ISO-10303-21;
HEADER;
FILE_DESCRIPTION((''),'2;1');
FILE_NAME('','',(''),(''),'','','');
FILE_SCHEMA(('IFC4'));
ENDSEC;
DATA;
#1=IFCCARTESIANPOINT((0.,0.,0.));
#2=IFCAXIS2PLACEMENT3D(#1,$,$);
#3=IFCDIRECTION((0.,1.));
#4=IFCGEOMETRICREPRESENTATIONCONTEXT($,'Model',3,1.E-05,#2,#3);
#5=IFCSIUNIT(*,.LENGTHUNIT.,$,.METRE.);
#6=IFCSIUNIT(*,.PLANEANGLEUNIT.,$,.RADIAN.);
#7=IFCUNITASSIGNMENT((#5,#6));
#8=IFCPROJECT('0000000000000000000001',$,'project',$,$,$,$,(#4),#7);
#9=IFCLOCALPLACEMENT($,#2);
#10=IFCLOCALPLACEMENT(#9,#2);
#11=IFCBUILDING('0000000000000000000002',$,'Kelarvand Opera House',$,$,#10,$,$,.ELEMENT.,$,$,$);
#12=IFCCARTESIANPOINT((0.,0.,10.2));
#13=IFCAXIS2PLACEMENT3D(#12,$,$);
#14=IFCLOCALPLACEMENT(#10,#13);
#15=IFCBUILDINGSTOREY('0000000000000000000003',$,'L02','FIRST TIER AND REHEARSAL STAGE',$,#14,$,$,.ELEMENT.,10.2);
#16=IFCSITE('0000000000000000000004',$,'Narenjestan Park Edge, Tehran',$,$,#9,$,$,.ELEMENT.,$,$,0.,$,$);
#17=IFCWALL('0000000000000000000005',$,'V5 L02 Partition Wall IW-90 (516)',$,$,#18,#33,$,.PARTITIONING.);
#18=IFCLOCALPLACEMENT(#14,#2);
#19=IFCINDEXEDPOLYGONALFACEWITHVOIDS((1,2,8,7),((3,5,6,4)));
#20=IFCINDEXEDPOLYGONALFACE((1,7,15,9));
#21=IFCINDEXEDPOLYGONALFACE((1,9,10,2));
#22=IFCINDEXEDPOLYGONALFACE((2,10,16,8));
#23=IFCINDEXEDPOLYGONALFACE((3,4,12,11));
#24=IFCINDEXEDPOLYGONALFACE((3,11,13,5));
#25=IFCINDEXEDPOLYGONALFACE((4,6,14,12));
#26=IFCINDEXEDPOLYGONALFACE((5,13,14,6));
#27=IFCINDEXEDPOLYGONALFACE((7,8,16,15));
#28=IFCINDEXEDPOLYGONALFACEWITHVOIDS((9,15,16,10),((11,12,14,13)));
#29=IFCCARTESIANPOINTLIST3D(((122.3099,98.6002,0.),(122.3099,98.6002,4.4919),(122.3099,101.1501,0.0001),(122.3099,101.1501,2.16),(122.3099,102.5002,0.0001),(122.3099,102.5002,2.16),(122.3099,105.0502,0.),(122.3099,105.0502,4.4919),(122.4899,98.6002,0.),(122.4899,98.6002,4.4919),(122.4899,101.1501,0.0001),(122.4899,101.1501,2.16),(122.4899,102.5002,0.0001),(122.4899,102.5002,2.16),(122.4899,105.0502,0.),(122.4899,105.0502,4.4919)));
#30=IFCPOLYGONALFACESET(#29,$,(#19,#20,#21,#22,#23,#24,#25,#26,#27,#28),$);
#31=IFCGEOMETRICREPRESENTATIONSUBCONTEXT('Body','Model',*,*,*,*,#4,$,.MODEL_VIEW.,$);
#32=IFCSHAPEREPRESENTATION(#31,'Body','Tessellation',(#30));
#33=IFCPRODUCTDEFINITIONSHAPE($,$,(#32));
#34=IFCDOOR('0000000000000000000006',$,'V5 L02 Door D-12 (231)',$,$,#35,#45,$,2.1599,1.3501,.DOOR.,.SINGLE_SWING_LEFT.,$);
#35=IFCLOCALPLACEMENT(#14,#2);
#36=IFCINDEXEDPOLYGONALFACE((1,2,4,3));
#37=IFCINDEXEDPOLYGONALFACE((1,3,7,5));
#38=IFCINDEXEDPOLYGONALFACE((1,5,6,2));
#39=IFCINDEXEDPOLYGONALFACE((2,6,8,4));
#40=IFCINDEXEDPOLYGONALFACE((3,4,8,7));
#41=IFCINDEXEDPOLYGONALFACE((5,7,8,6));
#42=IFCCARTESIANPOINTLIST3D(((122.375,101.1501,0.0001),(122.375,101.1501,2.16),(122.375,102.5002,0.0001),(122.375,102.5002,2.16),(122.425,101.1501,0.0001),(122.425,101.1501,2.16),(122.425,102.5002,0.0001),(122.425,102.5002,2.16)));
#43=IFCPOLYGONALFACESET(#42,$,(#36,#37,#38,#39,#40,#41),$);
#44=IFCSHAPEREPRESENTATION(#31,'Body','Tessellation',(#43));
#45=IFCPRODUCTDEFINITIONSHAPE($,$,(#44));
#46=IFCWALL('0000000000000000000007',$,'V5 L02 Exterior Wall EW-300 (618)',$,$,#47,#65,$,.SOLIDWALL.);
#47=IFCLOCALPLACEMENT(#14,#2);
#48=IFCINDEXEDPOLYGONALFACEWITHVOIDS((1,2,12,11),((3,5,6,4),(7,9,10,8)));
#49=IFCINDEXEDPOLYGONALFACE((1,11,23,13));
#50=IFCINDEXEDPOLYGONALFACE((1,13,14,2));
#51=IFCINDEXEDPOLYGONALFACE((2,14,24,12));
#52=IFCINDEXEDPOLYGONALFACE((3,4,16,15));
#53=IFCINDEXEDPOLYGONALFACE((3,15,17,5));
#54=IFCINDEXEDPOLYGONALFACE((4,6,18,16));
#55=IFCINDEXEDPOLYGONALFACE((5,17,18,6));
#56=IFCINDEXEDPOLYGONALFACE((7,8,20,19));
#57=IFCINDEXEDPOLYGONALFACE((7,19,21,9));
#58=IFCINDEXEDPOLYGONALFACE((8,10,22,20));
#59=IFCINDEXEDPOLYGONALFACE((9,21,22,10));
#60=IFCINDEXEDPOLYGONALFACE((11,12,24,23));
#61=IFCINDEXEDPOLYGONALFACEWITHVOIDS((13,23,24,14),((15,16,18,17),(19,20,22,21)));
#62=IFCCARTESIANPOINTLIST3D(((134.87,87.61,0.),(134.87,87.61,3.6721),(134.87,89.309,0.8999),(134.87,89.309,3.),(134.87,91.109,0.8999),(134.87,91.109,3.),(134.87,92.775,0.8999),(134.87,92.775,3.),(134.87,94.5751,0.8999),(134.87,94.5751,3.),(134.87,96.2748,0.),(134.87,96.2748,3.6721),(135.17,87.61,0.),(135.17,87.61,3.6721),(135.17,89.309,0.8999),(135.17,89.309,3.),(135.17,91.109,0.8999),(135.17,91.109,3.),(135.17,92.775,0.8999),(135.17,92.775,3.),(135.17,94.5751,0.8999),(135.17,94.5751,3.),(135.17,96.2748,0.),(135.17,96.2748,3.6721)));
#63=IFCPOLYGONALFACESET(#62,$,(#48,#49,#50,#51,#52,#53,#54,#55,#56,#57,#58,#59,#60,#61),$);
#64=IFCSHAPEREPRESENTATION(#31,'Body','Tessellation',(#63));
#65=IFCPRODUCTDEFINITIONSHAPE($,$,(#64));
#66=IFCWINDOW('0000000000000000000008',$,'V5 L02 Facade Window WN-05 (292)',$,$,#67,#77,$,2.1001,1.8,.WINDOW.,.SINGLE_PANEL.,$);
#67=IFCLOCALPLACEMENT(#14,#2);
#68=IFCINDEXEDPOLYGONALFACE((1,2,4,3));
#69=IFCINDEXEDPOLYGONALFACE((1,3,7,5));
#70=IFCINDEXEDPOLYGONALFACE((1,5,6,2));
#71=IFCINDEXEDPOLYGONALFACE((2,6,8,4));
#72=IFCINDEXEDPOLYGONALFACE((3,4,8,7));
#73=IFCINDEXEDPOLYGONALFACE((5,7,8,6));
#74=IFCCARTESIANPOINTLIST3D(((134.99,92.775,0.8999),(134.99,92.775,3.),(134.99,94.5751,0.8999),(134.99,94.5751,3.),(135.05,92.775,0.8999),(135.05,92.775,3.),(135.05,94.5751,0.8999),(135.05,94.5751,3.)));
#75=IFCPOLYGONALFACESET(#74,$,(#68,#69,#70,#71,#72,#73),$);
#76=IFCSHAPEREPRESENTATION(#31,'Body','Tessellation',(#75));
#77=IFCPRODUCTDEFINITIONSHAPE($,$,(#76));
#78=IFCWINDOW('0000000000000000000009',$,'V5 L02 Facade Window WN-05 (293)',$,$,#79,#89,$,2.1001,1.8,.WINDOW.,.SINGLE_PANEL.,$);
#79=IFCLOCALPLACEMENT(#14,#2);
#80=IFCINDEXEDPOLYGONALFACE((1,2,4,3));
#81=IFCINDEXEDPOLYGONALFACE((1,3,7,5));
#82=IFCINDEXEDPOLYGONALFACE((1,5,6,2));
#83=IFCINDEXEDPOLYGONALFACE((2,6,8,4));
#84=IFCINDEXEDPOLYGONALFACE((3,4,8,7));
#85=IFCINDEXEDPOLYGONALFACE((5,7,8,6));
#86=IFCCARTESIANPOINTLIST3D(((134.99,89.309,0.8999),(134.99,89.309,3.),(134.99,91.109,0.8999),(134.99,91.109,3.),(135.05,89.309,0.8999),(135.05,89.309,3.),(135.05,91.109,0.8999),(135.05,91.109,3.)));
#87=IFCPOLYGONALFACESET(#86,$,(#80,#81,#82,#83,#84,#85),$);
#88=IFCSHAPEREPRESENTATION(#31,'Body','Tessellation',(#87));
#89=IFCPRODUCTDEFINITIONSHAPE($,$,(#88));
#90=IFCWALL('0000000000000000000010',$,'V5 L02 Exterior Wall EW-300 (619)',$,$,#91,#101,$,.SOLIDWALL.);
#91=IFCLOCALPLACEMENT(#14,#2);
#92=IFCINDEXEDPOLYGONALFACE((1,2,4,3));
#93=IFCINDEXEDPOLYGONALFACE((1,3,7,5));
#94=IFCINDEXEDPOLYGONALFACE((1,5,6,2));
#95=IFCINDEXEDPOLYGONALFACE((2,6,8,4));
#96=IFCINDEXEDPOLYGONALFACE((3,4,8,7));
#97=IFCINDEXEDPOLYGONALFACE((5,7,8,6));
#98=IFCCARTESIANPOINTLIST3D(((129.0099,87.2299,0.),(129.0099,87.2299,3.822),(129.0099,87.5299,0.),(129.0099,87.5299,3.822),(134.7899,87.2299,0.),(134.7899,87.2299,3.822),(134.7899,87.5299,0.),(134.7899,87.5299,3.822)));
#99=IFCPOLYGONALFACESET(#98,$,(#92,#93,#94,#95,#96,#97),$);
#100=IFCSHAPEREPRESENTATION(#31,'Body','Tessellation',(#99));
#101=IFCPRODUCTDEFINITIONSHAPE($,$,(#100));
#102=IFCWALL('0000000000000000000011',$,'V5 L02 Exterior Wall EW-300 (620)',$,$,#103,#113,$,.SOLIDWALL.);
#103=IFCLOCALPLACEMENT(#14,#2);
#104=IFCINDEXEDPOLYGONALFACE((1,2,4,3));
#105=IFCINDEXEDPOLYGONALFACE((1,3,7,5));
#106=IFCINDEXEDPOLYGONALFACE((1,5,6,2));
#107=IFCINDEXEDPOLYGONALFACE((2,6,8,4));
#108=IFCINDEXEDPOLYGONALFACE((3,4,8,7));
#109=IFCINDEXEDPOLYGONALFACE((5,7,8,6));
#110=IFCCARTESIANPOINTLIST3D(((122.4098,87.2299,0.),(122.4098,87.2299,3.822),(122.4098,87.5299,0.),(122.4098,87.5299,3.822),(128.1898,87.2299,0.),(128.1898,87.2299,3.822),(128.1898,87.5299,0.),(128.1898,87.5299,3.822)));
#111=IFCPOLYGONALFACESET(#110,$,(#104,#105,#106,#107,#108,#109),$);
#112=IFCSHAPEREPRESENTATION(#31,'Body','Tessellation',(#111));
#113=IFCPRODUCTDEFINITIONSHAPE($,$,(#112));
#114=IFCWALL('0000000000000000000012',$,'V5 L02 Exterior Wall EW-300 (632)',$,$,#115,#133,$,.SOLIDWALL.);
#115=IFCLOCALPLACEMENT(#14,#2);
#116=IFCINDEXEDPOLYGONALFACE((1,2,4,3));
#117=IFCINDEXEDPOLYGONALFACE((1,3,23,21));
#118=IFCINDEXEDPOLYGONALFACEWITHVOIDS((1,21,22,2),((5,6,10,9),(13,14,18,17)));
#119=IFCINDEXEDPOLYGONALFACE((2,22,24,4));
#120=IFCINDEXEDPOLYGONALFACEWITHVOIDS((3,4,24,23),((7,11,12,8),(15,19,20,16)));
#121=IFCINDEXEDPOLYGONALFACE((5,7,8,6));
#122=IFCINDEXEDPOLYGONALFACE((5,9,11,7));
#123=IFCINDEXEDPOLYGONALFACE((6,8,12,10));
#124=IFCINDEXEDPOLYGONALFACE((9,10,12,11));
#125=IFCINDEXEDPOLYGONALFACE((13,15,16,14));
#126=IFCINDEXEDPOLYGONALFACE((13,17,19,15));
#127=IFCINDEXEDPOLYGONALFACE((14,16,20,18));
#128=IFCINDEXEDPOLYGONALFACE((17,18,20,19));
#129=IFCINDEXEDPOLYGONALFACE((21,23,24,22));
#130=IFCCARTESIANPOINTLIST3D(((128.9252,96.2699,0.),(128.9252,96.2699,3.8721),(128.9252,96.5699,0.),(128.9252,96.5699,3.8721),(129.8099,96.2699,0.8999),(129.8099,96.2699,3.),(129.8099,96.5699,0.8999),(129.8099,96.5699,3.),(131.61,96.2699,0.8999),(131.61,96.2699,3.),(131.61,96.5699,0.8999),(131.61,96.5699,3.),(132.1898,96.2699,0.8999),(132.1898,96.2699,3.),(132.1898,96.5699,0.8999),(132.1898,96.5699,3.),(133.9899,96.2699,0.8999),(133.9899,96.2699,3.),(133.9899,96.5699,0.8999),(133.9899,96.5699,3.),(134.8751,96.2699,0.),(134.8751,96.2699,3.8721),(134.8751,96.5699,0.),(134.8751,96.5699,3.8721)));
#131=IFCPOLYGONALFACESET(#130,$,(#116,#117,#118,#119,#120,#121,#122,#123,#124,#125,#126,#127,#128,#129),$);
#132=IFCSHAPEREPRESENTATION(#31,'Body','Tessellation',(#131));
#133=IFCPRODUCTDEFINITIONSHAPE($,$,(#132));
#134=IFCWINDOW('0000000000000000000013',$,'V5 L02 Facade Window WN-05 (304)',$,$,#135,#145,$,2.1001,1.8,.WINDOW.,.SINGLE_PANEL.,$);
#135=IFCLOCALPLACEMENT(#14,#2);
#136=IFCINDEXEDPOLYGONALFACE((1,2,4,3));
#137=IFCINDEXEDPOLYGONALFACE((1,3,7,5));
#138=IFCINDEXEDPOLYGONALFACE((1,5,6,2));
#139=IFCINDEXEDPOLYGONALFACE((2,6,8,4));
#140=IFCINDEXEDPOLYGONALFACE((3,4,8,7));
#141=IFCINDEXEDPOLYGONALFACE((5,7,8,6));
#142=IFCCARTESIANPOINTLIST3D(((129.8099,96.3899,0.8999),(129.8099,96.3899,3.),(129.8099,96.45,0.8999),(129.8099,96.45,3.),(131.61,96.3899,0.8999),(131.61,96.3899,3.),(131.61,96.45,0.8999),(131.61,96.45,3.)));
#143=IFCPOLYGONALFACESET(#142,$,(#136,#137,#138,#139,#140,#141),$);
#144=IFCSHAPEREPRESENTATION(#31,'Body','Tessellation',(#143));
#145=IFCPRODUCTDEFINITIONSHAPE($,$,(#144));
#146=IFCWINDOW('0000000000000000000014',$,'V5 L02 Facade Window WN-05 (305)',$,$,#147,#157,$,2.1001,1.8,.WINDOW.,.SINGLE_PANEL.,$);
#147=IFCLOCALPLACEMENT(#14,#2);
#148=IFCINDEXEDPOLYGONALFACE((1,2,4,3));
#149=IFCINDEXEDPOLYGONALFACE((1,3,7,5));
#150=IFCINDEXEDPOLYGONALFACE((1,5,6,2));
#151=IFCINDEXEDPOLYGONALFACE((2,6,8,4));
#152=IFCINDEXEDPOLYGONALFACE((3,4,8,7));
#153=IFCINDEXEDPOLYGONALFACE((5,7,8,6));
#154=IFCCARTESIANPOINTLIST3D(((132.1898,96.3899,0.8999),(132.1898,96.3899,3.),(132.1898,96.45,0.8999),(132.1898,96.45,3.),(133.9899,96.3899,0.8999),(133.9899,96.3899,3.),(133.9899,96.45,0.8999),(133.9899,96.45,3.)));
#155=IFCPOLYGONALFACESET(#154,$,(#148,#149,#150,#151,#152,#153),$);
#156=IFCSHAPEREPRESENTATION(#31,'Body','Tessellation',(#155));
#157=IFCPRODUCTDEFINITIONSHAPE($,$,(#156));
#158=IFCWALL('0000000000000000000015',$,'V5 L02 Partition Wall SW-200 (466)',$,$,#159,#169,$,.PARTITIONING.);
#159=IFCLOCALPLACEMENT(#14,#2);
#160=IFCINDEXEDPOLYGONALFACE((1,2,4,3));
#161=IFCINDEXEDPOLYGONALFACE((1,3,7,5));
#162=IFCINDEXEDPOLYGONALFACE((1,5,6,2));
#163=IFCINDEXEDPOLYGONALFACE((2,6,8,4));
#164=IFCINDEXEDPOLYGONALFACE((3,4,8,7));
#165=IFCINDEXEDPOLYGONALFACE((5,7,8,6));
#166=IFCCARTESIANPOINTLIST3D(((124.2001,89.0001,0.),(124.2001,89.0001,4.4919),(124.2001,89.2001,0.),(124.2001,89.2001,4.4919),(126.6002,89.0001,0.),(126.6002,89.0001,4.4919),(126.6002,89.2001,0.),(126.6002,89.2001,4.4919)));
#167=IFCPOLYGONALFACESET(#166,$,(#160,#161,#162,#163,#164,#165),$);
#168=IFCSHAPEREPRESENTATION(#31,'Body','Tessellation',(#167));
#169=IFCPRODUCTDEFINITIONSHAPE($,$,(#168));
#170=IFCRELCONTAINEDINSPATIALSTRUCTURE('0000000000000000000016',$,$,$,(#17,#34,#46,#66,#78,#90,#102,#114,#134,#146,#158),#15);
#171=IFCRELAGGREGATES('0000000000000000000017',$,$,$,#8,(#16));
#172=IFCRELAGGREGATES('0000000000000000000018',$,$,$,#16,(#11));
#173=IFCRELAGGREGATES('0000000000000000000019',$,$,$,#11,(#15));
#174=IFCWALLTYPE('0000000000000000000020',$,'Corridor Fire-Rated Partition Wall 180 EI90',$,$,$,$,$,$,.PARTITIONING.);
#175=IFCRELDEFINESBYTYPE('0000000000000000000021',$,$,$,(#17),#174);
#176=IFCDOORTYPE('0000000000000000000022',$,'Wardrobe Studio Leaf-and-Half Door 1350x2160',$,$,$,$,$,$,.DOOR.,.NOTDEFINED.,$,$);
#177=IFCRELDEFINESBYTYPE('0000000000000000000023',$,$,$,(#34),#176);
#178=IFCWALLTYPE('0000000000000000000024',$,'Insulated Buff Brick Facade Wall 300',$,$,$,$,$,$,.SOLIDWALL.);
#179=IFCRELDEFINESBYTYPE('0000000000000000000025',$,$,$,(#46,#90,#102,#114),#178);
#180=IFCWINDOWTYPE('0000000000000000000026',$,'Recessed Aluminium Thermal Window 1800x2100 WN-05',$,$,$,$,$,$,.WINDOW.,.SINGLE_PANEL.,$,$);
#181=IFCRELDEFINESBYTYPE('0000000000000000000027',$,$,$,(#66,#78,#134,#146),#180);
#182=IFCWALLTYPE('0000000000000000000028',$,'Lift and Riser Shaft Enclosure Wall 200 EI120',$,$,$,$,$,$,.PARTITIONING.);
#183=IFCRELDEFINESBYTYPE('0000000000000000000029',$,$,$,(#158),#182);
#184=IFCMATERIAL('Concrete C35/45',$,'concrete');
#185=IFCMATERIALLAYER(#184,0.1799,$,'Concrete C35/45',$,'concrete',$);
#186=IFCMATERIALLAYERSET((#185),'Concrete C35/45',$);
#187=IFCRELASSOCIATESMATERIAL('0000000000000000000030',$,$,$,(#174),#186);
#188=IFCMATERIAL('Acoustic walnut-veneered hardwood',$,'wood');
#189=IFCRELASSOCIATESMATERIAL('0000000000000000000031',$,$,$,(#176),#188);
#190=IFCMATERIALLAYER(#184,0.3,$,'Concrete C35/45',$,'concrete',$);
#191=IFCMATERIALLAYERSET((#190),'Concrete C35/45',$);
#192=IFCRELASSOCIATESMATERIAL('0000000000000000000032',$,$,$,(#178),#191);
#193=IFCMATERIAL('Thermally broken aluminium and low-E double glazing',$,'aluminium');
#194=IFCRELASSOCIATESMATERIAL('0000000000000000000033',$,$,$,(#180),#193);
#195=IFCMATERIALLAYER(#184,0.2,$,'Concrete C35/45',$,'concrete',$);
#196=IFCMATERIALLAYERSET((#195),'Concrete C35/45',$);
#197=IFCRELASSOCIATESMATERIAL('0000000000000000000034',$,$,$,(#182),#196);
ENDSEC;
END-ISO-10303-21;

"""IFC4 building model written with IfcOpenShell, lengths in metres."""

from ifc_helpers import new_model, si_unit, direction, frame, frame_2d, origin, place, context, subcontext, project, spatial, rectangle, extrude, material, layer, layer_set, type_object, element, fill, save


model = new_model("IFC4")

# Units and contexts
model_context = context("Model", 3, precision=1e-05, world=origin(), true_north=direction((0.0, 1.0)))
body_context = subcontext(model_context, "Body", "Model", "MODEL_VIEW")
ifc_project = project(units=[si_unit("LENGTHUNIT", "METRE"), si_unit("PLANEANGLEUNIT", "RADIAN")], contexts=[model_context])

# Site, building, storey
site_placement = place(None, origin())
site = spatial("IfcSite", under=ifc_project, at=site_placement, Name="Narenjestan Park Edge, Tehran", CompositionType="ELEMENT", RefElevation=0.0)
building_placement = place(site_placement, origin())
building = spatial("IfcBuilding", under=site, at=building_placement, Name="Kelarvand Opera House", CompositionType="ELEMENT")
storey_placement = place(building_placement, frame((0.0, 0.0, 10.2)))
storey = spatial("IfcBuildingStorey", under=building, at=storey_placement, Name="L02", Description="FIRST TIER AND REHEARSAL STAGE", CompositionType="ELEMENT", Elevation=10.2)

# Wall, opening, door
ifc_material_1 = material(Name="Concrete C35/45", Category="concrete")
ifc_layer_1 = layer(ifc_material_1, 0.1799, Name="Concrete C35/45", Category="concrete")
ifc_layer_set_1 = layer_set([ifc_layer_1], Name="Concrete C35/45")
wall_type_1 = type_object("IfcWallType", Name="Corridor Fire-Rated Partition Wall 180 EI90", PredefinedType="PARTITIONING", material=ifc_layer_set_1)
wall_1_placement = place(storey_placement, frame((122.3999, 98.6001, 0.0), z_axis=(0.0, 0.0, 1.0), x_axis=(0.0, 1.0, 0.0)))
wall_1 = element("IfcWall", 1, at=wall_1_placement, inside=storey, type_object=wall_type_1, Name="V5 L02 Partition Wall IW-90 (516)", PredefinedType="PARTITIONING", context=body_context, shape_type="SweptSolid", body=[
    extrude(rectangle(XDim=6.45, YDim=0.1799, at=frame_2d((3.2251, 0.0))), origin(), (0.0, 0.0, 1.0), 4.4919),
])
opening_1_placement = place(wall_1_placement, frame((2.55, 0.0, 0.0)))
opening_1 = element("IfcOpeningElement", 2, at=opening_1_placement, cuts=wall_1, PredefinedType="OPENING", context=body_context, shape_type="SweptSolid", body=[
    extrude(rectangle(XDim=1.3501, YDim=2.1599, at=frame_2d((0.675, 1.0801))), frame((0.0, 0.1001, 0.0), z_axis=(0.0, -1.0, 0.0), x_axis=(1.0, 0.0, 0.0)), (0.0, 0.0, 1.0), 0.2),
])
ifc_material_2 = material(Name="Acoustic walnut-veneered hardwood", Category="wood")
door_type_1 = type_object("IfcDoorType", Name="Wardrobe Studio Leaf-and-Half Door 1350x2160", OperationType="NOTDEFINED", PredefinedType="DOOR", material=ifc_material_2)
door_1_placement = place(opening_1_placement, origin())
door_1 = element("IfcDoor", 3, at=door_1_placement, inside=storey, type_object=door_type_1, Name="V5 L02 Door D-12 (231)", OperationType="SINGLE_SWING_LEFT", OverallHeight=2.1599, OverallWidth=1.3501, PredefinedType="DOOR", context=body_context, shape_type="SweptSolid", body=[
    extrude(rectangle(XDim=1.3501, YDim=2.1599, at=frame_2d((0.675, 1.0801))), frame((0.0, 0.0249, 0.0), z_axis=(0.0, -1.0, 0.0), x_axis=(1.0, 0.0, 0.0)), (0.0, 0.0, 1.0), 0.05),
])
fill(opening_1, door_1)

# Wall, openings, windows
ifc_layer_2 = layer(ifc_material_1, 0.3, Name="Concrete C35/45", Category="concrete")
ifc_layer_set_2 = layer_set([ifc_layer_2], Name="Concrete C35/45")
wall_type_2 = type_object("IfcWallType", Name="Insulated Buff Brick Facade Wall 300", PredefinedType="SOLIDWALL", material=ifc_layer_set_2)
wall_2_placement = place(storey_placement, frame((135.02, 96.2749, 0.0), z_axis=(0.0, 0.0, 1.0), x_axis=(0.0, -1.0, 0.0)))
wall_2 = element("IfcWall", 4, at=wall_2_placement, inside=storey, type_object=wall_type_2, Name="V5 L02 Exterior Wall EW-300 (618)", PredefinedType="SOLIDWALL", context=body_context, shape_type="SweptSolid", body=[
    extrude(rectangle(XDim=8.6648, YDim=0.3, at=frame_2d((4.3325, 0.0))), origin(), (0.0, 0.0, 1.0), 3.6721),
])
opening_2_placement = place(wall_2_placement, frame((1.7, 0.0, 0.8999)))
opening_2 = element("IfcOpeningElement", 5, at=opening_2_placement, cuts=wall_2, PredefinedType="OPENING", context=body_context, shape_type="SweptSolid", body=[
    extrude(rectangle(XDim=1.8, YDim=2.1001, at=frame_2d((0.8999, 1.05))), frame((0.0, 0.1602, 0.0), z_axis=(0.0, -1.0, 0.0), x_axis=(1.0, 0.0, 0.0)), (0.0, 0.0, 1.0), 0.3201),
])
opening_3_placement = place(wall_2_placement, frame((5.166, 0.0, 0.8999)))
opening_3 = element("IfcOpeningElement", 6, at=opening_3_placement, cuts=wall_2, PredefinedType="OPENING", context=body_context, shape_type="SweptSolid", body=[
    extrude(rectangle(XDim=1.8, YDim=2.1001, at=frame_2d((0.8999, 1.05))), frame((0.0, 0.1602, 0.0), z_axis=(0.0, -1.0, 0.0), x_axis=(1.0, 0.0, 0.0)), (0.0, 0.0, 1.0), 0.3201),
])
ifc_material_3 = material(Name="Thermally broken aluminium and low-E double glazing", Category="aluminium")
window_type = type_object("IfcWindowType", Name="Recessed Aluminium Thermal Window 1800x2100 WN-05", PartitioningType="SINGLE_PANEL", PredefinedType="WINDOW", material=ifc_material_3)
window_1_placement = place(opening_2_placement, origin())
window_1 = element("IfcWindow", 7, at=window_1_placement, inside=storey, type_object=window_type, Name="V5 L02 Facade Window WN-05 (292)", OverallHeight=2.1001, OverallWidth=1.8, PartitioningType="SINGLE_PANEL", PredefinedType="WINDOW", context=body_context, shape_type="SweptSolid", body=[
    extrude(rectangle(XDim=1.8, YDim=2.1001, at=frame_2d((0.8999, 1.05))), frame((0.0, 0.03, 0.0), z_axis=(0.0, -1.0, 0.0), x_axis=(1.0, 0.0, 0.0)), (0.0, 0.0, 1.0), 0.0601),
])
fill(opening_2, window_1)
window_2_placement = place(opening_3_placement, origin())
window_2 = element("IfcWindow", 8, at=window_2_placement, inside=storey, type_object=window_type, Name="V5 L02 Facade Window WN-05 (293)", OverallHeight=2.1001, OverallWidth=1.8, PartitioningType="SINGLE_PANEL", PredefinedType="WINDOW", context=body_context, shape_type="SweptSolid", body=[
    extrude(rectangle(XDim=1.8, YDim=2.1001, at=frame_2d((0.8999, 1.05))), frame((0.0, 0.03, 0.0), z_axis=(0.0, -1.0, 0.0), x_axis=(1.0, 0.0, 0.0)), (0.0, 0.0, 1.0), 0.0601),
])
fill(opening_3, window_2)

# Walls
for number, where, z_axis, x_axis, name in (
    (9, (134.79, 87.3799, 0.0), (0.0, 0.0, 1.0), (-1.0, 0.0, 0.0), "V5 L02 Exterior Wall EW-300 (619)"),
    (10, (128.1899, 87.3799, 0.0), (0.0, 0.0, 1.0), (-1.0, 0.0, 0.0), "V5 L02 Exterior Wall EW-300 (620)"),
):
    element("IfcWall", number, at=place(storey_placement, frame(where, z_axis=z_axis, x_axis=x_axis)), inside=storey, type_object=wall_type_2, Name=name, PredefinedType="SOLIDWALL", context=body_context, shape_type="SweptSolid", body=[
        extrude(rectangle(XDim=5.78, YDim=0.3, at=frame_2d((2.8901, 0.0))), origin(), (0.0, 0.0, 1.0), 3.822),
    ])

# Wall, openings, windows
wall_3_placement = place(storey_placement, frame((128.925, 96.4199, 0.0), z_axis=(0.0, 0.0, 1.0), x_axis=(1.0, 0.0, 0.0)))
wall_3 = element("IfcWall", 11, at=wall_3_placement, inside=storey, type_object=wall_type_2, Name="V5 L02 Exterior Wall EW-300 (632)", PredefinedType="SOLIDWALL", context=body_context, shape_type="SweptSolid", body=[
    extrude(rectangle(XDim=5.95, YDim=0.3, at=frame_2d((2.9751, 0.0))), origin(), (0.0, 0.0, 1.0), 3.8721),
])
opening_4_placement = place(wall_3_placement, frame((0.885, 0.0, 0.8999)))
opening_4 = element("IfcOpeningElement", 12, at=opening_4_placement, cuts=wall_3, PredefinedType="OPENING", context=body_context, shape_type="SweptSolid", body=[
    extrude(rectangle(XDim=1.8, YDim=2.1001, at=frame_2d((0.8999, 1.05))), frame((0.0, 0.1602, 0.0), z_axis=(0.0, -1.0, 0.0), x_axis=(1.0, 0.0, 0.0)), (0.0, 0.0, 1.0), 0.3201),
])
opening_5_placement = place(wall_3_placement, frame((3.2649, 0.0, 0.8999)))
opening_5 = element("IfcOpeningElement", 13, at=opening_5_placement, cuts=wall_3, PredefinedType="OPENING", context=body_context, shape_type="SweptSolid", body=[
    extrude(rectangle(XDim=1.8, YDim=2.1001, at=frame_2d((0.8999, 1.05))), frame((0.0, 0.1602, 0.0), z_axis=(0.0, -1.0, 0.0), x_axis=(1.0, 0.0, 0.0)), (0.0, 0.0, 1.0), 0.3201),
])
window_3_placement = place(opening_4_placement, origin())
window_3 = element("IfcWindow", 14, at=window_3_placement, inside=storey, type_object=window_type, Name="V5 L02 Facade Window WN-05 (304)", OverallHeight=2.1001, OverallWidth=1.8, PartitioningType="SINGLE_PANEL", PredefinedType="WINDOW", context=body_context, shape_type="SweptSolid", body=[
    extrude(rectangle(XDim=1.8, YDim=2.1001, at=frame_2d((0.8999, 1.05))), frame((0.0, 0.03, 0.0), z_axis=(0.0, -1.0, 0.0), x_axis=(1.0, 0.0, 0.0)), (0.0, 0.0, 1.0), 0.0601),
])
fill(opening_4, window_3)
window_4_placement = place(opening_5_placement, origin())
window_4 = element("IfcWindow", 15, at=window_4_placement, inside=storey, type_object=window_type, Name="V5 L02 Facade Window WN-05 (305)", OverallHeight=2.1001, OverallWidth=1.8, PartitioningType="SINGLE_PANEL", PredefinedType="WINDOW", context=body_context, shape_type="SweptSolid", body=[
    extrude(rectangle(XDim=1.8, YDim=2.1001, at=frame_2d((0.8999, 1.05))), frame((0.0, 0.03, 0.0), z_axis=(0.0, -1.0, 0.0), x_axis=(1.0, 0.0, 0.0)), (0.0, 0.0, 1.0), 0.0601),
])
fill(opening_5, window_4)

# Wall
ifc_layer_3 = layer(ifc_material_1, 0.2, Name="Concrete C35/45", Category="concrete")
ifc_layer_set_3 = layer_set([ifc_layer_3], Name="Concrete C35/45")
wall_type_3 = type_object("IfcWallType", Name="Lift and Riser Shaft Enclosure Wall 200 EI120", PredefinedType="PARTITIONING", material=ifc_layer_set_3)
wall_4_placement = place(storey_placement, frame((124.2, 89.1001, 0.0), z_axis=(0.0, 0.0, 1.0), x_axis=(1.0, 0.0, 0.0)))
element("IfcWall", 16, at=wall_4_placement, inside=storey, type_object=wall_type_3, Name="V5 L02 Partition Wall SW-200 (466)", PredefinedType="PARTITIONING", context=body_context, shape_type="SweptSolid", body=[
    extrude(rectangle(XDim=2.4001, YDim=0.2, at=frame_2d((1.2002, 0.0))), origin(), (0.0, 0.0, 1.0), 4.4919),
])

save(model, "model.ifc")
